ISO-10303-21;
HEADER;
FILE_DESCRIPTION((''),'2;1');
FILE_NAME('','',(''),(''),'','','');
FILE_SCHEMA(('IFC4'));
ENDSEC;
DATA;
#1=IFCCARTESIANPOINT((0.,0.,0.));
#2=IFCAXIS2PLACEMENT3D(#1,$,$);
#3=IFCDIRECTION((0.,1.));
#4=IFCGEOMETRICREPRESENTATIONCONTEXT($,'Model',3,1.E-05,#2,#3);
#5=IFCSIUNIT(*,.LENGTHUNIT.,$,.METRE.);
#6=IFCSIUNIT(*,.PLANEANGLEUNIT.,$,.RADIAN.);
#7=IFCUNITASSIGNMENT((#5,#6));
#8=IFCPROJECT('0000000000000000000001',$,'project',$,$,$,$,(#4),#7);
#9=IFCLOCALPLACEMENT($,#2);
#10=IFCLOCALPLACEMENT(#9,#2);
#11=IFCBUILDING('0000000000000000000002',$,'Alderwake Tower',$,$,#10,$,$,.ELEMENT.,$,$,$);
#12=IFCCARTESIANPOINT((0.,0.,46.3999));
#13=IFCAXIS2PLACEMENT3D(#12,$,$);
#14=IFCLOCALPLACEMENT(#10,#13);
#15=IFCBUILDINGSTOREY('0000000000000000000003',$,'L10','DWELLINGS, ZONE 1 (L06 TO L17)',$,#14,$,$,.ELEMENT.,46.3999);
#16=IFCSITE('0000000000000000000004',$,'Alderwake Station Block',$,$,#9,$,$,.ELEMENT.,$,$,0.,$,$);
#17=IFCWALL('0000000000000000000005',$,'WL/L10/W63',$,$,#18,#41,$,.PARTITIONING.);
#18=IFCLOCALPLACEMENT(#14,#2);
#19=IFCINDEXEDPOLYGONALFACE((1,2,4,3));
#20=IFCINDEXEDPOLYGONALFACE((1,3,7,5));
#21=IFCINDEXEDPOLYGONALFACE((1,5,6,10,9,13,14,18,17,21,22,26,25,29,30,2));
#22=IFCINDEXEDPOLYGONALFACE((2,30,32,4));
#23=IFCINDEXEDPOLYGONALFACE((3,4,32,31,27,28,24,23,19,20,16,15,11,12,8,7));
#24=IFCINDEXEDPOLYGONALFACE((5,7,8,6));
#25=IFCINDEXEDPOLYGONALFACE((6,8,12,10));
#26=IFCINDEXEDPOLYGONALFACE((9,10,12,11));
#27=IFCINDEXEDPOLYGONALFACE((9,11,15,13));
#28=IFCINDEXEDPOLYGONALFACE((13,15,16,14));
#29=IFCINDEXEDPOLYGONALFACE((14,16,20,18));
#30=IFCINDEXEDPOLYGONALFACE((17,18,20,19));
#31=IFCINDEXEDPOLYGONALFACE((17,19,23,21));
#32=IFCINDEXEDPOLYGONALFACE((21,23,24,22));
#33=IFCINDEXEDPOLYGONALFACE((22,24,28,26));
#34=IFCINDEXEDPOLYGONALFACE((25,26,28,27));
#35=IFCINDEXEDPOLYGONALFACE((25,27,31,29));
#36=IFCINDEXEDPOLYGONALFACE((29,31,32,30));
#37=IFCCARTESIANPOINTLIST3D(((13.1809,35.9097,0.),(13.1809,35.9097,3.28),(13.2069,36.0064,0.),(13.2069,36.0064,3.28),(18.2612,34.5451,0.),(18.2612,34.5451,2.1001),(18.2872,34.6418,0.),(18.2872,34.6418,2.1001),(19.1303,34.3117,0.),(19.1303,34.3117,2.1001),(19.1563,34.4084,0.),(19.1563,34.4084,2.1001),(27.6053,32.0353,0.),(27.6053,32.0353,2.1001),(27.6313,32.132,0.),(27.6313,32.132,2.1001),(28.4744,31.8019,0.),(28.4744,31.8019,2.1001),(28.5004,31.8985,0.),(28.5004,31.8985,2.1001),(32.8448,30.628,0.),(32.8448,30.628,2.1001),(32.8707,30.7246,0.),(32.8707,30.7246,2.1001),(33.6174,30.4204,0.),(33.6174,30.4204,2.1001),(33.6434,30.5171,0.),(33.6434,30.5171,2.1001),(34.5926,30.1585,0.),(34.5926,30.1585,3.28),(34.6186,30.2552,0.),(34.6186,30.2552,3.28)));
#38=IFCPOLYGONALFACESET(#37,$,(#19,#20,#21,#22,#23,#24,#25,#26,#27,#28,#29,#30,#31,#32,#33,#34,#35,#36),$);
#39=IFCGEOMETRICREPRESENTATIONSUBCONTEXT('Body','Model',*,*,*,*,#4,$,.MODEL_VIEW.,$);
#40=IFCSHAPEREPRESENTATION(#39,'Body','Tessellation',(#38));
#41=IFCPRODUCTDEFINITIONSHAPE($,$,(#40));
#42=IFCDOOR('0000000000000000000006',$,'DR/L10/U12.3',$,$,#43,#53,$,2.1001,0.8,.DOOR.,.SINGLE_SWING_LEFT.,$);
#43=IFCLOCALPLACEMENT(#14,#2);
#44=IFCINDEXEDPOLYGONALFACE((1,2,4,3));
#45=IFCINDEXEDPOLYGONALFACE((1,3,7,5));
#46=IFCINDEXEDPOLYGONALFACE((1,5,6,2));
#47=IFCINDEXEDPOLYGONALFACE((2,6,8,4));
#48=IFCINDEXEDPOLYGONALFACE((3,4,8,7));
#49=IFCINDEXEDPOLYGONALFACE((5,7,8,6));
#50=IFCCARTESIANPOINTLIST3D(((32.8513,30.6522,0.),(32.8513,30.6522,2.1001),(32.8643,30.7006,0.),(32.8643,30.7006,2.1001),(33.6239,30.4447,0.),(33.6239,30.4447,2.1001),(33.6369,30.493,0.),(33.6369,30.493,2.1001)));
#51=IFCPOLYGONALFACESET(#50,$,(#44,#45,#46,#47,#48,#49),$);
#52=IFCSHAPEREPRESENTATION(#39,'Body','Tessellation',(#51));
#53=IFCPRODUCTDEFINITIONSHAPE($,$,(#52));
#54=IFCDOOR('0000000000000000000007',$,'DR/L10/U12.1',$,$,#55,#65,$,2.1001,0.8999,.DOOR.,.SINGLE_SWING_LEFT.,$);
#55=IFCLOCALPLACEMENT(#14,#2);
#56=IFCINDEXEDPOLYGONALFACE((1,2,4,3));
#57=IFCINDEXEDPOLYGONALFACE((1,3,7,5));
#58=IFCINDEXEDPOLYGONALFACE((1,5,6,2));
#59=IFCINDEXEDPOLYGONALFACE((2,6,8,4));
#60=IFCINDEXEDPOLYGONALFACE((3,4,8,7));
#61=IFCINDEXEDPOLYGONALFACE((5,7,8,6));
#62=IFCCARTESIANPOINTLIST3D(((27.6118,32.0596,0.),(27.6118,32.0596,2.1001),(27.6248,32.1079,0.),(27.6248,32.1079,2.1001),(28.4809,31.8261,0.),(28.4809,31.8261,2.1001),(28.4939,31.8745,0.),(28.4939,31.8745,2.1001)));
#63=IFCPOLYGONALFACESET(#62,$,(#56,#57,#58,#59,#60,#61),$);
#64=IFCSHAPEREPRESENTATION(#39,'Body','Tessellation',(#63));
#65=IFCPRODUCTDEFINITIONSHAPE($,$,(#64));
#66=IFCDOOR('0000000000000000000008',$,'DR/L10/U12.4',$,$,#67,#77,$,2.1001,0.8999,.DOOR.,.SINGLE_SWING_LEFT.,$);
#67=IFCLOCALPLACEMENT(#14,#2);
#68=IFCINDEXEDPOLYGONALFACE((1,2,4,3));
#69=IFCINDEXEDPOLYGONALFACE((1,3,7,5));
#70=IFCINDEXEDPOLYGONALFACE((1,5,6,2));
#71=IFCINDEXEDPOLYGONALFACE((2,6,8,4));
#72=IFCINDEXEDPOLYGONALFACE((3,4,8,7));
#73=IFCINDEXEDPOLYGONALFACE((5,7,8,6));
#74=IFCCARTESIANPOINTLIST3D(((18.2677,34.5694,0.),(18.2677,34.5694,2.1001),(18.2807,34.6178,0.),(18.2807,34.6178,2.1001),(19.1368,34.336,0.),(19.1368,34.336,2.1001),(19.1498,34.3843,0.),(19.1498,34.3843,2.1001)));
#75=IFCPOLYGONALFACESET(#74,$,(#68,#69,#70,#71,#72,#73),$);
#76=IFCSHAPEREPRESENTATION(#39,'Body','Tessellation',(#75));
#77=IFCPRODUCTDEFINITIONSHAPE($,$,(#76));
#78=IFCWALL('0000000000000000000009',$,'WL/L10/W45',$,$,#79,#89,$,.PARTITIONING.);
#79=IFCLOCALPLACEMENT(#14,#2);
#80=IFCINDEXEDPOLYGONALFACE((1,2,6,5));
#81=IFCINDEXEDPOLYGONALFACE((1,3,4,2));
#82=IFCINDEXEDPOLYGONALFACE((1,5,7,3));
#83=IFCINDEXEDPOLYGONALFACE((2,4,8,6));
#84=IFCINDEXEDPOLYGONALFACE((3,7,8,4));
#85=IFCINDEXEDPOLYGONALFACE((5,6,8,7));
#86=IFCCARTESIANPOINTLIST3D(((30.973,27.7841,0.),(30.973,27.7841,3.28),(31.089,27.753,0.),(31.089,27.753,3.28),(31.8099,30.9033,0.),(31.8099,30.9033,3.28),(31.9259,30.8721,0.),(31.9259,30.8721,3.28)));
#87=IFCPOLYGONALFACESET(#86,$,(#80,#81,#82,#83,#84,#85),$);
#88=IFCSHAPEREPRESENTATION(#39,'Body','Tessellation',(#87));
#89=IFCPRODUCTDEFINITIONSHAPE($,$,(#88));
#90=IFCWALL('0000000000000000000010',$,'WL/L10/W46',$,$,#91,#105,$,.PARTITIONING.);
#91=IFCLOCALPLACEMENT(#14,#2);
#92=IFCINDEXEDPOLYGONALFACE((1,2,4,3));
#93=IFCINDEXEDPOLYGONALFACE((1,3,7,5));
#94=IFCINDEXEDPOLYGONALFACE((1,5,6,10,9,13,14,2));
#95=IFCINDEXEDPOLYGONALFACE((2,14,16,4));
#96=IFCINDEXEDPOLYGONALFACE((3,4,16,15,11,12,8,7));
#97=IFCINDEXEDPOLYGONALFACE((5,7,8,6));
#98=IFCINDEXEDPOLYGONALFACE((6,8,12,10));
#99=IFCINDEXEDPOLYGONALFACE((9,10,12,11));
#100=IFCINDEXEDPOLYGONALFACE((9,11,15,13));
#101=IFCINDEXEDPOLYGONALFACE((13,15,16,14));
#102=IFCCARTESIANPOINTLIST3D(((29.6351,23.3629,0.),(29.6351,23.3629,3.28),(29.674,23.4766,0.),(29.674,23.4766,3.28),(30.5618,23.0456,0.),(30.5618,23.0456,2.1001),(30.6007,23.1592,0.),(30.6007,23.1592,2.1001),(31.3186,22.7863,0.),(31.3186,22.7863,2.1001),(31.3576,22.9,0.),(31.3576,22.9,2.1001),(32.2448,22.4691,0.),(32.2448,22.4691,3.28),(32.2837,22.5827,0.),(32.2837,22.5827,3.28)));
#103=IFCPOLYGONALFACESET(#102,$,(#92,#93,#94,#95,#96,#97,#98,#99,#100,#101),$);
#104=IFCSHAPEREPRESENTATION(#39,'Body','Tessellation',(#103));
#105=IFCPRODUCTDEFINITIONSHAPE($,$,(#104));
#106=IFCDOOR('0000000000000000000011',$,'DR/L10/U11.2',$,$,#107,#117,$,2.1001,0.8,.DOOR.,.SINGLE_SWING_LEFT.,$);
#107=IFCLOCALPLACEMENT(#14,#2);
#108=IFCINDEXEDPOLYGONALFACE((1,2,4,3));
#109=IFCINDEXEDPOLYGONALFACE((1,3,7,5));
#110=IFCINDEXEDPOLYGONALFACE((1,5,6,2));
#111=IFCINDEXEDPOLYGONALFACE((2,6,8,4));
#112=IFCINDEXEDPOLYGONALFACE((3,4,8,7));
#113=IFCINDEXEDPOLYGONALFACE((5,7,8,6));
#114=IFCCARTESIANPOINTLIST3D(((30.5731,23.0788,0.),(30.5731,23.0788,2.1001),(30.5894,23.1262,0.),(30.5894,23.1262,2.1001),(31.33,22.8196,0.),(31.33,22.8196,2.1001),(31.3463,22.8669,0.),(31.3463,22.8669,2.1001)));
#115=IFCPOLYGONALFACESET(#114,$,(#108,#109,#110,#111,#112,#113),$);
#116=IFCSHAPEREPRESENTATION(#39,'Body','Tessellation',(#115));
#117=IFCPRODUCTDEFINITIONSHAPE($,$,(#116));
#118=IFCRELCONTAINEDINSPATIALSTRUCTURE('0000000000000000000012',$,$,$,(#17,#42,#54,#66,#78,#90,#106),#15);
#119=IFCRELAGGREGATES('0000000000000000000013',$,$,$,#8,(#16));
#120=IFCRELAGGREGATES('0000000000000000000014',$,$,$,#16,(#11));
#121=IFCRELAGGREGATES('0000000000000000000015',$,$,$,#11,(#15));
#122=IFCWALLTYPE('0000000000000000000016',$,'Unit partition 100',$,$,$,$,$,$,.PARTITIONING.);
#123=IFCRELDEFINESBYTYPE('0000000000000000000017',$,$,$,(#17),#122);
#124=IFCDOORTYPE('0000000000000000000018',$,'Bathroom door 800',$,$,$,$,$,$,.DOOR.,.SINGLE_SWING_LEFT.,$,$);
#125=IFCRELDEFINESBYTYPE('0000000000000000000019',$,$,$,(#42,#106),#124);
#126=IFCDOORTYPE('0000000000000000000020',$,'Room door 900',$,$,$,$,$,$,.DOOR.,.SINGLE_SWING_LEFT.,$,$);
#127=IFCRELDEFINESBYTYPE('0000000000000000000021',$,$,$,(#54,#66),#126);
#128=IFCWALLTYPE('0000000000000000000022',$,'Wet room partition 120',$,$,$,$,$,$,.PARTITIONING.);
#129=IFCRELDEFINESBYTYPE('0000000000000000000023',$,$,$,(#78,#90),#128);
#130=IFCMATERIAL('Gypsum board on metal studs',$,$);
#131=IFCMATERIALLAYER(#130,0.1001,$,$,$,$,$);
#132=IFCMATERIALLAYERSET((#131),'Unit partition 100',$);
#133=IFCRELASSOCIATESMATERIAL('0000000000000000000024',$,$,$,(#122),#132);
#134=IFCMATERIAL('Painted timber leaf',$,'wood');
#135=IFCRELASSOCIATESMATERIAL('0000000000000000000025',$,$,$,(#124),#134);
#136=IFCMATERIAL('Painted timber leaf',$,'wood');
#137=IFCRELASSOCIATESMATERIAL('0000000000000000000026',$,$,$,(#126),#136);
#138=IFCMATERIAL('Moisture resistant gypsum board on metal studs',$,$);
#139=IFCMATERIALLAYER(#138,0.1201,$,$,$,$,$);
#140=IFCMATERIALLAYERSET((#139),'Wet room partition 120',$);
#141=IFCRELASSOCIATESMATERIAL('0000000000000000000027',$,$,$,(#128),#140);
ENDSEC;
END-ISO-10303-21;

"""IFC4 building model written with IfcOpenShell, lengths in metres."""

from ifc_helpers import new_model, si_unit, direction, frame, frame_2d, origin, place, context, subcontext, project, spatial, rectangle, extrude, material, layer, layer_set, type_object, element, fill, save


model = new_model("IFC4")

# Units and contexts
model_context = context("Model", 3, precision=1e-05, world=origin(), true_north=direction((0.0, 1.0)))
body_context = subcontext(model_context, "Body", "Model", "MODEL_VIEW")
ifc_project = project(units=[si_unit("LENGTHUNIT", "METRE"), si_unit("PLANEANGLEUNIT", "RADIAN")], contexts=[model_context])

# Site, building, storey
site_placement = place(None, origin())
site = spatial("IfcSite", under=ifc_project, at=site_placement, Name="Alderwake Station Block", CompositionType="ELEMENT", RefElevation=0.0)
building_placement = place(site_placement, origin())
building = spatial("IfcBuilding", under=site, at=building_placement, Name="Alderwake Tower", CompositionType="ELEMENT")
storey_placement = place(building_placement, frame((0.0, 0.0, 46.3999)))
storey = spatial("IfcBuildingStorey", under=building, at=storey_placement, Name="L10", Description="DWELLINGS, ZONE 1 (L06 TO L17)", CompositionType="ELEMENT", Elevation=46.3999)

# Wall, openings, doors
ifc_material_1 = material(Name="Gypsum board on metal studs")
ifc_layer_1 = layer(ifc_material_1, 0.1001)
ifc_layer_set_1 = layer_set([ifc_layer_1], Name="Unit partition 100")
wall_type_1 = type_object("IfcWallType", Name="Unit partition 100", PredefinedType="PARTITIONING", material=ifc_layer_set_1)
wall_1_placement = place(storey_placement, frame((34.6057, 30.2068, 0.0), z_axis=(0.0, 0.0, 1.0), x_axis=(-0.965768, 0.259408, 0.0)))
wall_1 = element("IfcWall", 1, at=wall_1_placement, inside=storey, type_object=wall_type_1, Name="WL/L10/W63", PredefinedType="PARTITIONING", context=body_context, shape_type="SweptSolid", body=[
    extrude(rectangle(XDim=22.1707, YDim=0.1001, at=frame_2d((11.0854, 0.0))), origin(), (0.0, 0.0, 1.0), 3.28),
])
opening_1_placement = place(wall_1_placement, frame((6.3352, 0.0, 0.0)))
opening_1 = element("IfcOpeningElement", 2, at=opening_1_placement, cuts=wall_1, PredefinedType="OPENING", context=body_context, shape_type="SweptSolid", body=[
    extrude(rectangle(XDim=0.8999, YDim=2.1001, at=frame_2d((0.45, 1.05))), frame((0.0, 0.0601, 0.0), z_axis=(0.0, -1.0, 0.0), x_axis=(1.0, 0.0, 0.0)), (0.0, 0.0, 1.0), 0.1201),
])
opening_2_placement = place(wall_1_placement, frame((1.01, 0.0, 0.0)))
opening_2 = element("IfcOpeningElement", 3, at=opening_2_placement, cuts=wall_1, PredefinedType="OPENING", context=body_context, shape_type="SweptSolid", body=[
    extrude(rectangle(XDim=0.8, YDim=2.1001, at=frame_2d((0.3999, 1.05))), frame((0.0, 0.0601, 0.0), z_axis=(0.0, -1.0, 0.0), x_axis=(1.0, 0.0, 0.0)), (0.0, 0.0, 1.0), 0.1201),
])
opening_3_placement = place(wall_1_placement, frame((16.0105, 0.0, 0.0)))
opening_3 = element("IfcOpeningElement", 4, at=opening_3_placement, cuts=wall_1, PredefinedType="OPENING", context=body_context, shape_type="SweptSolid", body=[
    extrude(rectangle(XDim=0.8999, YDim=2.1001, at=frame_2d((0.45, 1.05))), frame((0.0, 0.0601, 0.0), z_axis=(0.0, -1.0, 0.0), x_axis=(1.0, 0.0, 0.0)), (0.0, 0.0, 1.0), 0.1201),
])
ifc_material_2 = material(Name="Painted timber leaf", Category="wood")
door_type_1 = type_object("IfcDoorType", Name="Bathroom door 800", OperationType="SINGLE_SWING_LEFT", PredefinedType="DOOR", material=ifc_material_2)
door_1_placement = place(opening_2_placement, origin())
door_1 = element("IfcDoor", 5, at=door_1_placement, inside=storey, type_object=door_type_1, Name="DR/L10/U12.3", OperationType="SINGLE_SWING_LEFT", OverallHeight=2.1001, OverallWidth=0.8, PredefinedType="DOOR", context=body_context, shape_type="SweptSolid", body=[
    extrude(rectangle(XDim=0.8, YDim=2.1001, at=frame_2d((0.3999, 1.05))), frame((0.0, 0.0249, 0.0), z_axis=(0.0, -1.0, 0.0), x_axis=(1.0, 0.0, 0.0)), (0.0, 0.0, 1.0), 0.05),
])
fill(opening_2, door_1)
ifc_material_3 = material(Name="Painted timber leaf", Category="wood")
door_type_2 = type_object("IfcDoorType", Name="Room door 900", OperationType="SINGLE_SWING_LEFT", PredefinedType="DOOR", material=ifc_material_3)
door_2_placement = place(opening_1_placement, origin())
door_2 = element("IfcDoor", 6, at=door_2_placement, inside=storey, type_object=door_type_2, Name="DR/L10/U12.1", OperationType="SINGLE_SWING_LEFT", OverallHeight=2.1001, OverallWidth=0.8999, PredefinedType="DOOR", context=body_context, shape_type="SweptSolid", body=[
    extrude(rectangle(XDim=0.8999, YDim=2.1001, at=frame_2d((0.45, 1.05))), frame((0.0, 0.0249, 0.0), z_axis=(0.0, -1.0, 0.0), x_axis=(1.0, 0.0, 0.0)), (0.0, 0.0, 1.0), 0.05),
])
fill(opening_1, door_2)
door_3_placement = place(opening_3_placement, origin())
door_3 = element("IfcDoor", 7, at=door_3_placement, inside=storey, type_object=door_type_2, Name="DR/L10/U12.4", OperationType="SINGLE_SWING_LEFT", OverallHeight=2.1001, OverallWidth=0.8999, PredefinedType="DOOR", context=body_context, shape_type="SweptSolid", body=[
    extrude(rectangle(XDim=0.8999, YDim=2.1001, at=frame_2d((0.45, 1.05))), frame((0.0, 0.0249, 0.0), z_axis=(0.0, -1.0, 0.0), x_axis=(1.0, 0.0, 0.0)), (0.0, 0.0, 1.0), 0.05),
])
fill(opening_3, door_3)

# Wall
ifc_material_4 = material(Name="Moisture resistant gypsum board on metal studs")
ifc_layer_2 = layer(ifc_material_4, 0.1201)
ifc_layer_set_2 = layer_set([ifc_layer_2], Name="Wet room partition 120")
wall_type_2 = type_object("IfcWallType", Name="Wet room partition 120", PredefinedType="PARTITIONING", material=ifc_layer_set_2)
wall_2_placement = place(storey_placement, frame((31.8679, 30.8877, 0.0), z_axis=(0.0, 0.0, 1.0), x_axis=(-0.259149, -0.965837, 0.0)))
element("IfcWall", 8, at=wall_2_placement, inside=storey, type_object=wall_type_2, Name="WL/L10/W45", PredefinedType="PARTITIONING", context=body_context, shape_type="SweptSolid", body=[
    extrude(rectangle(XDim=3.2295, YDim=0.1201, at=frame_2d((1.6147, 0.0))), origin(), (0.0, 0.0, 1.0), 3.28),
])

# Wall, opening, door
wall_3_placement = place(storey_placement, frame((32.2644, 22.5259, 0.0), z_axis=(0.0, 0.0, 1.0), x_axis=(-0.946049, 0.324023, 0.0)))
wall_3 = element("IfcWall", 9, at=wall_3_placement, inside=storey, type_object=wall_type_2, Name="WL/L10/W46", PredefinedType="PARTITIONING", context=body_context, shape_type="SweptSolid", body=[
    extrude(rectangle(XDim=2.7585, YDim=0.1201, at=frame_2d((1.3794, 0.0))), origin(), (0.0, 0.0, 1.0), 3.28),
])
opening_4_placement = place(wall_3_placement, frame((0.9792, 0.0, 0.0)))
opening_4 = element("IfcOpeningElement", 10, at=opening_4_placement, cuts=wall_3, PredefinedType="OPENING", context=body_context, shape_type="SweptSolid", body=[
    extrude(rectangle(XDim=0.8, YDim=2.1001, at=frame_2d((0.3999, 1.05))), frame((0.0, 0.0701, 0.0), z_axis=(0.0, -1.0, 0.0), x_axis=(1.0, 0.0, 0.0)), (0.0, 0.0, 1.0), 0.1401),
])
door_4_placement = place(opening_4_placement, origin())
door_4 = element("IfcDoor", 11, at=door_4_placement, inside=storey, type_object=door_type_1, Name="DR/L10/U11.2", OperationType="SINGLE_SWING_LEFT", OverallHeight=2.1001, OverallWidth=0.8, PredefinedType="DOOR", context=body_context, shape_type="SweptSolid", body=[
    extrude(rectangle(XDim=0.8, YDim=2.1001, at=frame_2d((0.3999, 1.05))), frame((0.0, 0.0249, 0.0), z_axis=(0.0, -1.0, 0.0), x_axis=(1.0, 0.0, 0.0)), (0.0, 0.0, 1.0), 0.05),
])
fill(opening_4, door_4)

save(model, "model.ifc")
